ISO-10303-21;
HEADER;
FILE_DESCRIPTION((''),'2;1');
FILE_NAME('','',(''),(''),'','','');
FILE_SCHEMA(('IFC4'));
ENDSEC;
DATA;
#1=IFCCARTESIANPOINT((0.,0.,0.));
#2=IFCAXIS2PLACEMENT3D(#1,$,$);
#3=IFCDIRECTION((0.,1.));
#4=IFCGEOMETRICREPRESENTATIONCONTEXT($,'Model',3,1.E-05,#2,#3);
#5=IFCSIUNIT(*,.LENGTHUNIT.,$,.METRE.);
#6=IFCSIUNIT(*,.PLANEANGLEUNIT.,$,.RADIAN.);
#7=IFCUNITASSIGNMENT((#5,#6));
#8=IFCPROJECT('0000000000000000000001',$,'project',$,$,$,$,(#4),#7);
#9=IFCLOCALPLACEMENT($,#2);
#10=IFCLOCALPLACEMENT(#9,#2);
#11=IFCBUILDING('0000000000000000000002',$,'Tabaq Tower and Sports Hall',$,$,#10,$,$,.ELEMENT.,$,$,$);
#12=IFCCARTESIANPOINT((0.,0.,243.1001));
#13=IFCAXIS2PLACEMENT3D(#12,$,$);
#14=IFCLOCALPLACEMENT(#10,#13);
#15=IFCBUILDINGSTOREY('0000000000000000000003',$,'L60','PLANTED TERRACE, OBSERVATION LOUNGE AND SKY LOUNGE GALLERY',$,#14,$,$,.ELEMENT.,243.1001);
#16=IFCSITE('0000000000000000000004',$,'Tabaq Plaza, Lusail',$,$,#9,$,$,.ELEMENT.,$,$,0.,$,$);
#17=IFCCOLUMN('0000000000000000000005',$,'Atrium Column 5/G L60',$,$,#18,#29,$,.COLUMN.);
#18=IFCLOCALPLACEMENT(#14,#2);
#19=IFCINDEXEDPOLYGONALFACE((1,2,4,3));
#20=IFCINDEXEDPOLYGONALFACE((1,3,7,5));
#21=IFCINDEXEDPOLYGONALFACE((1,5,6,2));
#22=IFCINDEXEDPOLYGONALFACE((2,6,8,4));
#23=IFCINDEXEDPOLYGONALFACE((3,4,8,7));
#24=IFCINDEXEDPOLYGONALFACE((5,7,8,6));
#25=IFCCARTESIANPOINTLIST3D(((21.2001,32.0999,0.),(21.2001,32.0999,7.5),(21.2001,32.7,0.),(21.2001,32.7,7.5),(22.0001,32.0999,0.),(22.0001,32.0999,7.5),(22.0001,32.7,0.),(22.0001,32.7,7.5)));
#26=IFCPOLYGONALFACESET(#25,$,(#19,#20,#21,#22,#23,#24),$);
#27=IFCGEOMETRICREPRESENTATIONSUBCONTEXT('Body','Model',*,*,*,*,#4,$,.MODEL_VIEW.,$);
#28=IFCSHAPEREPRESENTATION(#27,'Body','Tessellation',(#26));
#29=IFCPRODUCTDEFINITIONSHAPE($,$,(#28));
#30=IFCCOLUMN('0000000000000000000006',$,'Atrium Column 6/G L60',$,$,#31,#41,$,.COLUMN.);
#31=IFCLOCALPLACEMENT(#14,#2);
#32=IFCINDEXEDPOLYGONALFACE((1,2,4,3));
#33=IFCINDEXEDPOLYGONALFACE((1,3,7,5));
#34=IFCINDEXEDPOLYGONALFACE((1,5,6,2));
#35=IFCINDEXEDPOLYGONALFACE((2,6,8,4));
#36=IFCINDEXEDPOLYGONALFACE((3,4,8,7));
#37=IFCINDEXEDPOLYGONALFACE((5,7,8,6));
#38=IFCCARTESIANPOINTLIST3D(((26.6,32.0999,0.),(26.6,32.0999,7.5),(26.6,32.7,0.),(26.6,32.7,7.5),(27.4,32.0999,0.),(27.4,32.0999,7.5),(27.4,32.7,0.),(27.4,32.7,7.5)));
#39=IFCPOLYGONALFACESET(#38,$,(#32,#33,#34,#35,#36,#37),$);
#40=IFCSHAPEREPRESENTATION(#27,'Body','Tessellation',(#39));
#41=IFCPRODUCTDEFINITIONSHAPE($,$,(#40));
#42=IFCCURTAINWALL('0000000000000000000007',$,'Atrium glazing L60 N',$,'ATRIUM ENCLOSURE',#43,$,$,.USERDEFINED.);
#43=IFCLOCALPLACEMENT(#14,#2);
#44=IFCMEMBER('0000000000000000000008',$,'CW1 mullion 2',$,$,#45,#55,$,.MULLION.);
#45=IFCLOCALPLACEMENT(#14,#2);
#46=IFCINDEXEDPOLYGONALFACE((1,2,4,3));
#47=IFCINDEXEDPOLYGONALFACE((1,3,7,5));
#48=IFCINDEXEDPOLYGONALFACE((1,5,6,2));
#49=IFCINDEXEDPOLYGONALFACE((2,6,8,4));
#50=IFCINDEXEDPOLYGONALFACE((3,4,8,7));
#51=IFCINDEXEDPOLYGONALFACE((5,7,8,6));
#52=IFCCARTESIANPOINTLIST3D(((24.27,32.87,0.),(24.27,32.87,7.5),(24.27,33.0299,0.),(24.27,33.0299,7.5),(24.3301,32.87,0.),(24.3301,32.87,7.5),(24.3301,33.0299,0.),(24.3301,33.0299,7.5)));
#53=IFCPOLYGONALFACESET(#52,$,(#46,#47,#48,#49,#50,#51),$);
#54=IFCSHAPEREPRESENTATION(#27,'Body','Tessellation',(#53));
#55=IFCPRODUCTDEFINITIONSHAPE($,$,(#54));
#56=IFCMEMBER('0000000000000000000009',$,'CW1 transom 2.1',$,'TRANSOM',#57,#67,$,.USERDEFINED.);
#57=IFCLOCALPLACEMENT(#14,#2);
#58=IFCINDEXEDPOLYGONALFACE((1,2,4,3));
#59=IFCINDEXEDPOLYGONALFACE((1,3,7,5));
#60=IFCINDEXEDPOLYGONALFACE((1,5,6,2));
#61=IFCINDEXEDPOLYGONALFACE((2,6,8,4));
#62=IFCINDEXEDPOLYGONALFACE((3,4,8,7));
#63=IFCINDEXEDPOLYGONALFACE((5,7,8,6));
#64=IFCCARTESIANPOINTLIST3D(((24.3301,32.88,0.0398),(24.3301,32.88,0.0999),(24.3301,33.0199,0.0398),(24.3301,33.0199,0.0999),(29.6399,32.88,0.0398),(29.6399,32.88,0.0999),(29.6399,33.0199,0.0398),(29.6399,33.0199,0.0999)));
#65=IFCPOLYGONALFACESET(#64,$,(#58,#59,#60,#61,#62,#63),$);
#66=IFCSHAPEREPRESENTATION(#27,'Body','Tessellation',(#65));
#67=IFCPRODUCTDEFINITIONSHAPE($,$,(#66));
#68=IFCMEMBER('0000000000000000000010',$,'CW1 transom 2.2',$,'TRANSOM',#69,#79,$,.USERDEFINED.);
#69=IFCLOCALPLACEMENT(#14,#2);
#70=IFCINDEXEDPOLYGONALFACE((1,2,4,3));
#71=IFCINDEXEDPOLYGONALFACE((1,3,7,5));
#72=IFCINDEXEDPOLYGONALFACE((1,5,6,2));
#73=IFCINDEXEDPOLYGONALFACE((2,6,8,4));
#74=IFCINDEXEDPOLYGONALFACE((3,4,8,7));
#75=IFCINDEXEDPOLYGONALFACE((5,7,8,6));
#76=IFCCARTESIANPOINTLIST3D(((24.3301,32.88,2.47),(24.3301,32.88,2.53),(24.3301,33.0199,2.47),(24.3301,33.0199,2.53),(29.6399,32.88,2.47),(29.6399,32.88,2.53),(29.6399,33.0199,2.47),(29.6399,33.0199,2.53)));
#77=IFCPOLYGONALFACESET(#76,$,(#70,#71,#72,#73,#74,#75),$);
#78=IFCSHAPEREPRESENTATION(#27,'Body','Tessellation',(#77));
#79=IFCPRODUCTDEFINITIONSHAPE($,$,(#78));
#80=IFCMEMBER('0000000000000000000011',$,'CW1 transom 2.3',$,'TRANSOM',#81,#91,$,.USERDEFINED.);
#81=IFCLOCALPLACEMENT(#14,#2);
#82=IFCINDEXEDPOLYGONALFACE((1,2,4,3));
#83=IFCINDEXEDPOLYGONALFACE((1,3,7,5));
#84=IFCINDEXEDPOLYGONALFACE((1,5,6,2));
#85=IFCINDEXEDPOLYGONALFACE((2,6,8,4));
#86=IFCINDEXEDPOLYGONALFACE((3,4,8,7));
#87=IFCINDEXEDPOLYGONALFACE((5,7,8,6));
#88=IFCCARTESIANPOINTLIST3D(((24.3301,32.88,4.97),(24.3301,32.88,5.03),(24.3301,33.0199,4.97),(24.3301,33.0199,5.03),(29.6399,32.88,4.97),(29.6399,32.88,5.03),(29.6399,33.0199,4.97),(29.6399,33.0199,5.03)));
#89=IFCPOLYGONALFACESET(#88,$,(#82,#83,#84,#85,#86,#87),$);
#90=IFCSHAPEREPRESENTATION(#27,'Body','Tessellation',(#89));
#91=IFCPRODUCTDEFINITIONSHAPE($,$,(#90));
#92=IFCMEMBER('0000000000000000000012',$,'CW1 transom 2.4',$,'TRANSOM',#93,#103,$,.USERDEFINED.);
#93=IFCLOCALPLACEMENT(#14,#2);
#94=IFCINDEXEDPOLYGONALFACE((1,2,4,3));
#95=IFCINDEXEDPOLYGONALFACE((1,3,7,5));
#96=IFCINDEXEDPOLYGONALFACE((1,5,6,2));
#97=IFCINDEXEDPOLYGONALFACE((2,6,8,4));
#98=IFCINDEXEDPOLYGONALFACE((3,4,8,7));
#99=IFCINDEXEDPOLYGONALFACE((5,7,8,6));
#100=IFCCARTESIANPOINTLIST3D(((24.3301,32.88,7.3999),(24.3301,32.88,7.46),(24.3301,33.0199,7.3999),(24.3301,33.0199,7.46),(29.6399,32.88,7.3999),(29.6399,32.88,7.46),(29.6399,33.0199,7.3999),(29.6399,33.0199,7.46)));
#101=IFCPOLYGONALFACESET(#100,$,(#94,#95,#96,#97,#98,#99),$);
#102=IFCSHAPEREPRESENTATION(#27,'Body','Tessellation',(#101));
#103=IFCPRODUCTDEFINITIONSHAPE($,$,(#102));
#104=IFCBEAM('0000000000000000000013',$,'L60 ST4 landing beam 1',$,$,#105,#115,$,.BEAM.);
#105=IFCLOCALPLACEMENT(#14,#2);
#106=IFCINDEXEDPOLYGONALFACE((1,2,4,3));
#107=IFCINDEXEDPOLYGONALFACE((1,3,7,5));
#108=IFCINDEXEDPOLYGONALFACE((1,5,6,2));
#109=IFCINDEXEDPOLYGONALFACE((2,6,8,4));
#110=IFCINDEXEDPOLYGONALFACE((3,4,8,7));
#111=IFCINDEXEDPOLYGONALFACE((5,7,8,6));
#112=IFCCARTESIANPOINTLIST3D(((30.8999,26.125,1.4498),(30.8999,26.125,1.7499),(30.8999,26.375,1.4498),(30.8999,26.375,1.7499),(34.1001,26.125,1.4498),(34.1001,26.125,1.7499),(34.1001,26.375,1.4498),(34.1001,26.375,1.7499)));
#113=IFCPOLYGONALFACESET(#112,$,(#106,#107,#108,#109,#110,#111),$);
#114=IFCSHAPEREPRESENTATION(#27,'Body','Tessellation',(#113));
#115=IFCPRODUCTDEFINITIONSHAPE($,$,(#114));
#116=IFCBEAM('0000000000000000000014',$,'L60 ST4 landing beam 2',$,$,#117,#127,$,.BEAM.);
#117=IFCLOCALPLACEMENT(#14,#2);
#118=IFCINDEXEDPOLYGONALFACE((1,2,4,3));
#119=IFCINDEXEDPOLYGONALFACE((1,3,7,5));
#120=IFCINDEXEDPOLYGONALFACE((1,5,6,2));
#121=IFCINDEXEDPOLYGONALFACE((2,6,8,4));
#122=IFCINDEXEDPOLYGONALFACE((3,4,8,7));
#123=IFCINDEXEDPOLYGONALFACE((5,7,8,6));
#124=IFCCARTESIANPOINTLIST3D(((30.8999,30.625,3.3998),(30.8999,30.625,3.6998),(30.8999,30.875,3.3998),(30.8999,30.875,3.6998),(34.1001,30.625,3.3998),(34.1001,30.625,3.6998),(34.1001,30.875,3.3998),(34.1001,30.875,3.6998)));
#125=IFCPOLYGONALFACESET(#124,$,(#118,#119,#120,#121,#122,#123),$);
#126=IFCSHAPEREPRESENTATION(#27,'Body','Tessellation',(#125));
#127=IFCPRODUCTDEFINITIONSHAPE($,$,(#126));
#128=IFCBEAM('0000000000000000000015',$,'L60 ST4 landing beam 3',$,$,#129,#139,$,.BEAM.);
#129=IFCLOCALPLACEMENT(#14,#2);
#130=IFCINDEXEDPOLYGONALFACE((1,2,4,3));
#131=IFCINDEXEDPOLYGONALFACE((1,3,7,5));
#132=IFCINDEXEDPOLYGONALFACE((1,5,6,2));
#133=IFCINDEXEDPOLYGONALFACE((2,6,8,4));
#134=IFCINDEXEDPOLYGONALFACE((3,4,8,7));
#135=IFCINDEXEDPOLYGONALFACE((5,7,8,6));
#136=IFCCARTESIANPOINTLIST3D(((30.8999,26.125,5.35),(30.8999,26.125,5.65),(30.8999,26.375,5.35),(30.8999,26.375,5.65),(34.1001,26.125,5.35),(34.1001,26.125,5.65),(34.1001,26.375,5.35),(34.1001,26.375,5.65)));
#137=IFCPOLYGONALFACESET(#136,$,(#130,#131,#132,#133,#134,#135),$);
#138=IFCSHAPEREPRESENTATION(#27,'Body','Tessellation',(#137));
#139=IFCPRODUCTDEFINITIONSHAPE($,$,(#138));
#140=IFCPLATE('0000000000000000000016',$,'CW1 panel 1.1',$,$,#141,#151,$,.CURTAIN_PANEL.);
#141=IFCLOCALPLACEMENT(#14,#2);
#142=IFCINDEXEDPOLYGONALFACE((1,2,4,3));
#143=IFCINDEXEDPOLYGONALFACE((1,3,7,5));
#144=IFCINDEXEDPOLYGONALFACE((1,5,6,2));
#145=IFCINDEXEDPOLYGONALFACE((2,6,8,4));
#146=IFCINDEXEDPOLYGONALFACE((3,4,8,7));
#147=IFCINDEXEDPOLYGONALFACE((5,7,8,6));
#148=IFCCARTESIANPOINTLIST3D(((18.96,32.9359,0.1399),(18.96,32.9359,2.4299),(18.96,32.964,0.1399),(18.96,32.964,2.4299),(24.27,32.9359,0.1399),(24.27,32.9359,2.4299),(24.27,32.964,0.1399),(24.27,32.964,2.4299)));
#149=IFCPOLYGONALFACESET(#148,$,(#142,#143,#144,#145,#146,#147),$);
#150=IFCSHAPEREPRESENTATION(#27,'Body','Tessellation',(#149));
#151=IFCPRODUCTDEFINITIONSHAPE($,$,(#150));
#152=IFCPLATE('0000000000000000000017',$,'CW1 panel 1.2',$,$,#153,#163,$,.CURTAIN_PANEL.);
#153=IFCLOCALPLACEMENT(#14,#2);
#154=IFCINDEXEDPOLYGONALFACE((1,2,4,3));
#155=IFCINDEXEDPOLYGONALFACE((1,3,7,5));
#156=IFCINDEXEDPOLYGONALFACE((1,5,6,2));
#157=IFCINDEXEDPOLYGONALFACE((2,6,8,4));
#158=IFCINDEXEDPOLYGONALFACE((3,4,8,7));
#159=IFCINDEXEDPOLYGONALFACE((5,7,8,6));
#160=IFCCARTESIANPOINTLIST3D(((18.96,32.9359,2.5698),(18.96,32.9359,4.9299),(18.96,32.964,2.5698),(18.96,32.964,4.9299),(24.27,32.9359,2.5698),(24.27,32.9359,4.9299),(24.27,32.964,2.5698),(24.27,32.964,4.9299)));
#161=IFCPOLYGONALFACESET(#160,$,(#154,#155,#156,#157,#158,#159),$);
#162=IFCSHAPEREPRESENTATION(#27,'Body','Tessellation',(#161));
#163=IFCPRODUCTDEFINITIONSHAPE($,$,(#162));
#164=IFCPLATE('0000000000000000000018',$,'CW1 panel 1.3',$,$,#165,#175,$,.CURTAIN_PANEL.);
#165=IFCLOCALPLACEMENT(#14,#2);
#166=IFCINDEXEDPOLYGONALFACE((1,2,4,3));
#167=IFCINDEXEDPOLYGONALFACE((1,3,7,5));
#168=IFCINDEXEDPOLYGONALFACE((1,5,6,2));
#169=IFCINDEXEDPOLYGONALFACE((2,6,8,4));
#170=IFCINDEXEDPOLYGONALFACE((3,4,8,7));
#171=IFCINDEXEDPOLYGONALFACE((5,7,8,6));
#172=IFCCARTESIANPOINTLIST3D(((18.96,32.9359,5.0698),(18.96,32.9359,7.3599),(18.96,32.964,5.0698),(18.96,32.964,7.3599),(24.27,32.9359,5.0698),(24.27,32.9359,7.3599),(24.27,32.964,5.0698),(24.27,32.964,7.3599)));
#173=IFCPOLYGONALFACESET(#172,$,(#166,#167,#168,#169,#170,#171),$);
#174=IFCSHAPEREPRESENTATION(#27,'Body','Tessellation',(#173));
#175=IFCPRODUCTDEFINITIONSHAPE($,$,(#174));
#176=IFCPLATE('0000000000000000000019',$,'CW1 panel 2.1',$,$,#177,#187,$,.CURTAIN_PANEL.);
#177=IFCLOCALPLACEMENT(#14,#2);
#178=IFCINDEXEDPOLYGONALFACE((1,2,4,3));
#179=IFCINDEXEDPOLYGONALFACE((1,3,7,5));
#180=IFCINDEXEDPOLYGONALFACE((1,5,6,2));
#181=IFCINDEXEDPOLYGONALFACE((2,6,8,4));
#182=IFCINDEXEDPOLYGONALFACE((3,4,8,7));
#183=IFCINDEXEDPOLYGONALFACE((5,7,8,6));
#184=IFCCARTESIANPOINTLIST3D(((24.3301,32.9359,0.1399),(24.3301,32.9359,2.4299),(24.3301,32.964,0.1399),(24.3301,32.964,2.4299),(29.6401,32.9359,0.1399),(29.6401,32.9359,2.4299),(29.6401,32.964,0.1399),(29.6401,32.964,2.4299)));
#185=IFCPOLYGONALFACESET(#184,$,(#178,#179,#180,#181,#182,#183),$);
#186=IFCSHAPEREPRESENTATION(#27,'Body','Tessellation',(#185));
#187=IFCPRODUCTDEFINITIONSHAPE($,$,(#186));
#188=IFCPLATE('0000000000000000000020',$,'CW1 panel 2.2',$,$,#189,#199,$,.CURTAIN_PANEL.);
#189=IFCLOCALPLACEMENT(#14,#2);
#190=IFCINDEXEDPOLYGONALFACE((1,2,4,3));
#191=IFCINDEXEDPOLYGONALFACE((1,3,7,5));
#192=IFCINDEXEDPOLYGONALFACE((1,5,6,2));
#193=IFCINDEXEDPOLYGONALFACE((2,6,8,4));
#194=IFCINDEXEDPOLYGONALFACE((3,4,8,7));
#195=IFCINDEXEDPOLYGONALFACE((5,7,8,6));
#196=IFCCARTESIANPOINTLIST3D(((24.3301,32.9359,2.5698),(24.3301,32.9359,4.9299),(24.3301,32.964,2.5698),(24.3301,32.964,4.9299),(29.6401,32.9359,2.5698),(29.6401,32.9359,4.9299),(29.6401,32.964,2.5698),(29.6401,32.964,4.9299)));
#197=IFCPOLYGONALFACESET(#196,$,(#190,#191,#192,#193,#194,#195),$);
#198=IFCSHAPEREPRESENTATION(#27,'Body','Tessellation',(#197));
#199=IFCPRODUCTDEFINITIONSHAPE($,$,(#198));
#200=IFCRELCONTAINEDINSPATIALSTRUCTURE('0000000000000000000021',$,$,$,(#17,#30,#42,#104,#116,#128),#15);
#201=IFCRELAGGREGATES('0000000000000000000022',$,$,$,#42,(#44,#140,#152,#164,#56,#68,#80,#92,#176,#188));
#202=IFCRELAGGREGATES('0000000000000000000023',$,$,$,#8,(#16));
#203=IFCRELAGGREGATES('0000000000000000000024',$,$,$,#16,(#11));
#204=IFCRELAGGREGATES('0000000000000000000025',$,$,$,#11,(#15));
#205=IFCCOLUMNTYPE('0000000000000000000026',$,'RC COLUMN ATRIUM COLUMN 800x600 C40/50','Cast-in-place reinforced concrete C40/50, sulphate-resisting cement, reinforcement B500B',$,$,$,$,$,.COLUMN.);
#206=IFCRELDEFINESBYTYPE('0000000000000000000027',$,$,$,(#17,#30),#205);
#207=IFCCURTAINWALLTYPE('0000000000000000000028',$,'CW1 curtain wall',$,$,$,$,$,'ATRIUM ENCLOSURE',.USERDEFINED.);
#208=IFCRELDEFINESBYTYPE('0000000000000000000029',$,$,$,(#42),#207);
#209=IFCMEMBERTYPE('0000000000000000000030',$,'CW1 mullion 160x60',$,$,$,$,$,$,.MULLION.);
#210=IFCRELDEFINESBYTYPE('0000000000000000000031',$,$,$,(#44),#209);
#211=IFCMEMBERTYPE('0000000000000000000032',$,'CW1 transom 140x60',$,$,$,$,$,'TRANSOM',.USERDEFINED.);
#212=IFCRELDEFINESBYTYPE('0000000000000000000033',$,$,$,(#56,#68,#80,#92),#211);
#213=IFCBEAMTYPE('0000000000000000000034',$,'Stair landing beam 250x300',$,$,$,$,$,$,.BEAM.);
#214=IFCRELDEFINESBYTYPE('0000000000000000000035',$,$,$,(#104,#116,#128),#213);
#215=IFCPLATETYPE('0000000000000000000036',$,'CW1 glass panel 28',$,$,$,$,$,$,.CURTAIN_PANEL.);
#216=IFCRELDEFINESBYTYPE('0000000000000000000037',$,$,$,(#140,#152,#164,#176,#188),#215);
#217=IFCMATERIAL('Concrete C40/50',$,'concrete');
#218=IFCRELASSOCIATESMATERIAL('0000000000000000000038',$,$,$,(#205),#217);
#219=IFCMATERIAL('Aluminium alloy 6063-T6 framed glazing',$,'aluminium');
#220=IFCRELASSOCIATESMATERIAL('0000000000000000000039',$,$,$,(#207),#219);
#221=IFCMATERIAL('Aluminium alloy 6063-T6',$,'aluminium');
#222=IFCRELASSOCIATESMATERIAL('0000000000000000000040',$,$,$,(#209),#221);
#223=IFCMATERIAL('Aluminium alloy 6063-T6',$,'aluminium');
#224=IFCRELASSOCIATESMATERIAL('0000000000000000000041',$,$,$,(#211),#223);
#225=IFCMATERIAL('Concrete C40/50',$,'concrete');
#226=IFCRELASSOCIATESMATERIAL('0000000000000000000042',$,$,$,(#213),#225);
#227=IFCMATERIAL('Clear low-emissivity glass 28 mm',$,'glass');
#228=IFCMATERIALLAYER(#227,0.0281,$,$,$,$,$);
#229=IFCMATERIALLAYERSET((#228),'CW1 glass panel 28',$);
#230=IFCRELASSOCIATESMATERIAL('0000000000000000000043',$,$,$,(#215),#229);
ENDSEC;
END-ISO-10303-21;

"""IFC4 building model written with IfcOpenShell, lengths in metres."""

from ifc_helpers import new_model, si_unit, direction, frame, origin, origin_2d, place, context, subcontext, project, spatial, rectangle, extrude, material, layer, layer_set, material_profile, profile_set, type_object, element, aggregate, save


model = new_model("IFC4")

# Units and contexts
model_context = context("Model", 3, precision=1e-05, world=origin(), true_north=direction((0.0, 1.0)))
body_context = subcontext(model_context, "Body", "Model", "MODEL_VIEW")
ifc_project = project(units=[si_unit("LENGTHUNIT", "METRE"), si_unit("PLANEANGLEUNIT", "RADIAN")], contexts=[model_context])

# Site, building, storey
site_placement = place(None, origin())
site = spatial("IfcSite", under=ifc_project, at=site_placement, Name="Tabaq Plaza, Lusail", CompositionType="ELEMENT", RefElevation=0.0)
building_placement = place(site_placement, origin())
building = spatial("IfcBuilding", under=site, at=building_placement, Name="Tabaq Tower and Sports Hall", CompositionType="ELEMENT")
storey_placement = place(building_placement, frame((0.0, 0.0, 243.1001)))
storey = spatial("IfcBuildingStorey", under=building, at=storey_placement, Name="L60", Description="PLANTED TERRACE, OBSERVATION LOUNGE AND SKY LOUNGE GALLERY", CompositionType="ELEMENT", Elevation=243.1001)

# Columns
ifc_material_1 = material(Name="Concrete C40/50", Category="concrete")
ifc_material_profile_1 = material_profile(ifc_material_1, rectangle(XDim=0.8, YDim=0.6001, at=origin_2d()), Name="ATRIUM COLUMN 800x600")
ifc_profile_set_1 = profile_set([ifc_material_profile_1], Name="Concrete C40/50")
column_type = type_object("IfcColumnType", Name="RC COLUMN ATRIUM COLUMN 800x600 C40/50", Description="Cast-in-place reinforced concrete C40/50, sulphate-resisting cement, reinforcement B500B", PredefinedType="COLUMN", material=ifc_profile_set_1)
for number, where, z_axis, x_axis, name in (
    (1, (21.6001, 32.3999, 0.0), (0.0, 0.0, 1.0), (1.0, 0.0, 0.0), "Atrium Column 5/G L60"),
    (2, (27.0, 32.3999, 0.0), (0.0, 0.0, 1.0), (1.0, 0.0, 0.0), "Atrium Column 6/G L60"),
):
    element("IfcColumn", number, at=place(storey_placement, frame(where, z_axis=z_axis, x_axis=x_axis)), inside=storey, type_object=column_type, Name=name, PredefinedType="COLUMN", context=body_context, shape_type="SweptSolid", body=[
        extrude(rectangle(XDim=0.8, YDim=0.6001, at=origin_2d()), origin(), (0.0, 0.0, 1.0), 7.5),
    ])

# Curtain wall, members
ifc_material_2 = material(Name="Aluminium alloy 6063-T6 framed glazing", Category="aluminium")
curtain_wall_type = type_object("IfcCurtainWallType", Name="CW1 curtain wall", ElementType="ATRIUM ENCLOSURE", PredefinedType="USERDEFINED", material=ifc_material_2)
curtain_wall_placement = place(storey_placement, origin())
curtain_wall = element("IfcCurtainWall", 3, at=curtain_wall_placement, inside=storey, type_object=curtain_wall_type, Name="Atrium glazing L60 N", ObjectType="ATRIUM ENCLOSURE", PredefinedType="USERDEFINED")
ifc_material_3 = material(Name="Aluminium alloy 6063-T6", Category="aluminium")
ifc_material_profile_2 = material_profile(ifc_material_3, rectangle(XDim=0.1599, YDim=0.0601, at=origin_2d()), Name="MULLION 160x60")
ifc_profile_set_2 = profile_set([ifc_material_profile_2], Name="Aluminium alloy 6063-T6")
member_type_1 = type_object("IfcMemberType", Name="CW1 mullion 160x60", PredefinedType="MULLION", material=ifc_profile_set_2)
member_1_placement = place(storey_placement, frame((24.3, 32.95, 0.0), z_axis=(0.0, 0.0, 1.0), x_axis=(0.0, 1.0, 0.0)))
member_1 = element("IfcMember", 4, at=member_1_placement, type_object=member_type_1, Name="CW1 mullion 2", PredefinedType="MULLION", context=body_context, shape_type="SweptSolid", body=[
    extrude(rectangle(XDim=0.1599, YDim=0.0601, at=origin_2d()), origin(), (0.0, 0.0, 1.0), 7.5),
])
ifc_material_4 = material(Name="Aluminium alloy 6063-T6", Category="aluminium")
ifc_material_profile_3 = material_profile(ifc_material_4, rectangle(XDim=0.1399, YDim=0.0601, at=origin_2d()), Name="TRANSOM 140x60")
ifc_profile_set_3 = profile_set([ifc_material_profile_3], Name="Aluminium alloy 6063-T6")
member_type_2 = type_object("IfcMemberType", Name="CW1 transom 140x60", ElementType="TRANSOM", PredefinedType="USERDEFINED", material=ifc_profile_set_3)
member_2_placement = place(storey_placement, frame((24.3301, 32.95, 0.0698), z_axis=(1.0, 0.0, 0.0), x_axis=(0.0, 1.0, 0.0)))
member_2 = element("IfcMember", 5, at=member_2_placement, type_object=member_type_2, Name="CW1 transom 2.1", ObjectType="TRANSOM", PredefinedType="USERDEFINED", context=body_context, shape_type="SweptSolid", body=[
    extrude(rectangle(XDim=0.1399, YDim=0.0601, at=origin_2d()), origin(), (0.0, 0.0, 1.0), 5.3098),
])
member_3_placement = place(storey_placement, frame((24.3301, 32.95, 2.5), z_axis=(1.0, 0.0, 0.0), x_axis=(0.0, 1.0, 0.0)))
member_3 = element("IfcMember", 6, at=member_3_placement, type_object=member_type_2, Name="CW1 transom 2.2", ObjectType="TRANSOM", PredefinedType="USERDEFINED", context=body_context, shape_type="SweptSolid", body=[
    extrude(rectangle(XDim=0.1399, YDim=0.0601, at=origin_2d()), origin(), (0.0, 0.0, 1.0), 5.3098),
])
member_4_placement = place(storey_placement, frame((24.3301, 32.95, 5.0), z_axis=(1.0, 0.0, 0.0), x_axis=(0.0, 1.0, 0.0)))
member_4 = element("IfcMember", 7, at=member_4_placement, type_object=member_type_2, Name="CW1 transom 2.3", ObjectType="TRANSOM", PredefinedType="USERDEFINED", context=body_context, shape_type="SweptSolid", body=[
    extrude(rectangle(XDim=0.1399, YDim=0.0601, at=origin_2d()), origin(), (0.0, 0.0, 1.0), 5.3098),
])
member_5_placement = place(storey_placement, frame((24.3301, 32.95, 7.4299), z_axis=(1.0, 0.0, 0.0), x_axis=(0.0, 1.0, 0.0)))
member_5 = element("IfcMember", 8, at=member_5_placement, type_object=member_type_2, Name="CW1 transom 2.4", ObjectType="TRANSOM", PredefinedType="USERDEFINED", context=body_context, shape_type="SweptSolid", body=[
    extrude(rectangle(XDim=0.1399, YDim=0.0601, at=origin_2d()), origin(), (0.0, 0.0, 1.0), 5.3098),
])

# Beams
ifc_material_5 = material(Name="Concrete C40/50", Category="concrete")
ifc_material_profile_4 = material_profile(ifc_material_5, rectangle(XDim=0.25, YDim=0.3, at=origin_2d()), Name="RC 250x300")
ifc_profile_set_4 = profile_set([ifc_material_profile_4], Name="Concrete C40/50")
beam_type = type_object("IfcBeamType", Name="Stair landing beam 250x300", PredefinedType="BEAM", material=ifc_profile_set_4)
for number, where, z_axis, x_axis, name in (
    (9, (30.8999, 26.25, 1.5999), (1.0, 0.0, 0.0), (0.0, 1.0, 0.0), "L60 ST4 landing beam 1"),
    (10, (30.8999, 30.75, 3.5498), (1.0, 0.0, 0.0), (0.0, 1.0, 0.0), "L60 ST4 landing beam 2"),
    (11, (30.8999, 26.25, 5.5), (1.0, 0.0, 0.0), (0.0, 1.0, 0.0), "L60 ST4 landing beam 3"),
):
    element("IfcBeam", number, at=place(storey_placement, frame(where, z_axis=z_axis, x_axis=x_axis)), inside=storey, type_object=beam_type, Name=name, PredefinedType="BEAM", context=body_context, shape_type="SweptSolid", body=[
        extrude(rectangle(XDim=0.25, YDim=0.3, at=origin_2d()), origin(), (0.0, 0.0, 1.0), 3.2002),
    ])

# Plates
ifc_material_6 = material(Name="Clear low-emissivity glass 28 mm", Category="glass")
ifc_layer_1 = layer(ifc_material_6, 0.0281)
ifc_layer_set_1 = layer_set([ifc_layer_1], Name="CW1 glass panel 28")
plate_type = type_object("IfcPlateType", Name="CW1 glass panel 28", PredefinedType="CURTAIN_PANEL", material=ifc_layer_set_1)
plate_1_placement = place(storey_placement, frame((21.615, 32.95, 0.1399), z_axis=(0.0, 0.0, 1.0), x_axis=(1.0, 0.0, 0.0)))
plate_1 = element("IfcPlate", 12, at=plate_1_placement, type_object=plate_type, Name="CW1 panel 1.1", PredefinedType="CURTAIN_PANEL", context=body_context, shape_type="SweptSolid", body=[
    extrude(rectangle(XDim=5.3101, YDim=0.0281, at=origin_2d()), origin(), (0.0, 0.0, 1.0), 2.29),
])
plate_2_placement = place(storey_placement, frame((21.615, 32.95, 2.5698), z_axis=(0.0, 0.0, 1.0), x_axis=(1.0, 0.0, 0.0)))
plate_2 = element("IfcPlate", 13, at=plate_2_placement, type_object=plate_type, Name="CW1 panel 1.2", PredefinedType="CURTAIN_PANEL", context=body_context, shape_type="SweptSolid", body=[
    extrude(rectangle(XDim=5.3101, YDim=0.0281, at=origin_2d()), origin(), (0.0, 0.0, 1.0), 2.3601),
])
plate_3_placement = place(storey_placement, frame((21.615, 32.95, 5.0698), z_axis=(0.0, 0.0, 1.0), x_axis=(1.0, 0.0, 0.0)))
plate_3 = element("IfcPlate", 14, at=plate_3_placement, type_object=plate_type, Name="CW1 panel 1.3", PredefinedType="CURTAIN_PANEL", context=body_context, shape_type="SweptSolid", body=[
    extrude(rectangle(XDim=5.3101, YDim=0.0281, at=origin_2d()), origin(), (0.0, 0.0, 1.0), 2.29),
])
plate_4_placement = place(storey_placement, frame((26.9851, 32.95, 0.1399), z_axis=(0.0, 0.0, 1.0), x_axis=(1.0, 0.0, 0.0)))
plate_4 = element("IfcPlate", 15, at=plate_4_placement, type_object=plate_type, Name="CW1 panel 2.1", PredefinedType="CURTAIN_PANEL", context=body_context, shape_type="SweptSolid", body=[
    extrude(rectangle(XDim=5.3101, YDim=0.0281, at=origin_2d()), origin(), (0.0, 0.0, 1.0), 2.29),
])
plate_5_placement = place(storey_placement, frame((26.9851, 32.95, 2.5698), z_axis=(0.0, 0.0, 1.0), x_axis=(1.0, 0.0, 0.0)))
plate_5 = element("IfcPlate", 16, at=plate_5_placement, type_object=plate_type, Name="CW1 panel 2.2", PredefinedType="CURTAIN_PANEL", context=body_context, shape_type="SweptSolid", body=[
    extrude(rectangle(XDim=5.3101, YDim=0.0281, at=origin_2d()), origin(), (0.0, 0.0, 1.0), 2.3601),
])
aggregate(curtain_wall, [member_1, plate_1, plate_2, plate_3, member_2, member_3, member_4, member_5, plate_4, plate_5])

save(model, "model.ifc")
